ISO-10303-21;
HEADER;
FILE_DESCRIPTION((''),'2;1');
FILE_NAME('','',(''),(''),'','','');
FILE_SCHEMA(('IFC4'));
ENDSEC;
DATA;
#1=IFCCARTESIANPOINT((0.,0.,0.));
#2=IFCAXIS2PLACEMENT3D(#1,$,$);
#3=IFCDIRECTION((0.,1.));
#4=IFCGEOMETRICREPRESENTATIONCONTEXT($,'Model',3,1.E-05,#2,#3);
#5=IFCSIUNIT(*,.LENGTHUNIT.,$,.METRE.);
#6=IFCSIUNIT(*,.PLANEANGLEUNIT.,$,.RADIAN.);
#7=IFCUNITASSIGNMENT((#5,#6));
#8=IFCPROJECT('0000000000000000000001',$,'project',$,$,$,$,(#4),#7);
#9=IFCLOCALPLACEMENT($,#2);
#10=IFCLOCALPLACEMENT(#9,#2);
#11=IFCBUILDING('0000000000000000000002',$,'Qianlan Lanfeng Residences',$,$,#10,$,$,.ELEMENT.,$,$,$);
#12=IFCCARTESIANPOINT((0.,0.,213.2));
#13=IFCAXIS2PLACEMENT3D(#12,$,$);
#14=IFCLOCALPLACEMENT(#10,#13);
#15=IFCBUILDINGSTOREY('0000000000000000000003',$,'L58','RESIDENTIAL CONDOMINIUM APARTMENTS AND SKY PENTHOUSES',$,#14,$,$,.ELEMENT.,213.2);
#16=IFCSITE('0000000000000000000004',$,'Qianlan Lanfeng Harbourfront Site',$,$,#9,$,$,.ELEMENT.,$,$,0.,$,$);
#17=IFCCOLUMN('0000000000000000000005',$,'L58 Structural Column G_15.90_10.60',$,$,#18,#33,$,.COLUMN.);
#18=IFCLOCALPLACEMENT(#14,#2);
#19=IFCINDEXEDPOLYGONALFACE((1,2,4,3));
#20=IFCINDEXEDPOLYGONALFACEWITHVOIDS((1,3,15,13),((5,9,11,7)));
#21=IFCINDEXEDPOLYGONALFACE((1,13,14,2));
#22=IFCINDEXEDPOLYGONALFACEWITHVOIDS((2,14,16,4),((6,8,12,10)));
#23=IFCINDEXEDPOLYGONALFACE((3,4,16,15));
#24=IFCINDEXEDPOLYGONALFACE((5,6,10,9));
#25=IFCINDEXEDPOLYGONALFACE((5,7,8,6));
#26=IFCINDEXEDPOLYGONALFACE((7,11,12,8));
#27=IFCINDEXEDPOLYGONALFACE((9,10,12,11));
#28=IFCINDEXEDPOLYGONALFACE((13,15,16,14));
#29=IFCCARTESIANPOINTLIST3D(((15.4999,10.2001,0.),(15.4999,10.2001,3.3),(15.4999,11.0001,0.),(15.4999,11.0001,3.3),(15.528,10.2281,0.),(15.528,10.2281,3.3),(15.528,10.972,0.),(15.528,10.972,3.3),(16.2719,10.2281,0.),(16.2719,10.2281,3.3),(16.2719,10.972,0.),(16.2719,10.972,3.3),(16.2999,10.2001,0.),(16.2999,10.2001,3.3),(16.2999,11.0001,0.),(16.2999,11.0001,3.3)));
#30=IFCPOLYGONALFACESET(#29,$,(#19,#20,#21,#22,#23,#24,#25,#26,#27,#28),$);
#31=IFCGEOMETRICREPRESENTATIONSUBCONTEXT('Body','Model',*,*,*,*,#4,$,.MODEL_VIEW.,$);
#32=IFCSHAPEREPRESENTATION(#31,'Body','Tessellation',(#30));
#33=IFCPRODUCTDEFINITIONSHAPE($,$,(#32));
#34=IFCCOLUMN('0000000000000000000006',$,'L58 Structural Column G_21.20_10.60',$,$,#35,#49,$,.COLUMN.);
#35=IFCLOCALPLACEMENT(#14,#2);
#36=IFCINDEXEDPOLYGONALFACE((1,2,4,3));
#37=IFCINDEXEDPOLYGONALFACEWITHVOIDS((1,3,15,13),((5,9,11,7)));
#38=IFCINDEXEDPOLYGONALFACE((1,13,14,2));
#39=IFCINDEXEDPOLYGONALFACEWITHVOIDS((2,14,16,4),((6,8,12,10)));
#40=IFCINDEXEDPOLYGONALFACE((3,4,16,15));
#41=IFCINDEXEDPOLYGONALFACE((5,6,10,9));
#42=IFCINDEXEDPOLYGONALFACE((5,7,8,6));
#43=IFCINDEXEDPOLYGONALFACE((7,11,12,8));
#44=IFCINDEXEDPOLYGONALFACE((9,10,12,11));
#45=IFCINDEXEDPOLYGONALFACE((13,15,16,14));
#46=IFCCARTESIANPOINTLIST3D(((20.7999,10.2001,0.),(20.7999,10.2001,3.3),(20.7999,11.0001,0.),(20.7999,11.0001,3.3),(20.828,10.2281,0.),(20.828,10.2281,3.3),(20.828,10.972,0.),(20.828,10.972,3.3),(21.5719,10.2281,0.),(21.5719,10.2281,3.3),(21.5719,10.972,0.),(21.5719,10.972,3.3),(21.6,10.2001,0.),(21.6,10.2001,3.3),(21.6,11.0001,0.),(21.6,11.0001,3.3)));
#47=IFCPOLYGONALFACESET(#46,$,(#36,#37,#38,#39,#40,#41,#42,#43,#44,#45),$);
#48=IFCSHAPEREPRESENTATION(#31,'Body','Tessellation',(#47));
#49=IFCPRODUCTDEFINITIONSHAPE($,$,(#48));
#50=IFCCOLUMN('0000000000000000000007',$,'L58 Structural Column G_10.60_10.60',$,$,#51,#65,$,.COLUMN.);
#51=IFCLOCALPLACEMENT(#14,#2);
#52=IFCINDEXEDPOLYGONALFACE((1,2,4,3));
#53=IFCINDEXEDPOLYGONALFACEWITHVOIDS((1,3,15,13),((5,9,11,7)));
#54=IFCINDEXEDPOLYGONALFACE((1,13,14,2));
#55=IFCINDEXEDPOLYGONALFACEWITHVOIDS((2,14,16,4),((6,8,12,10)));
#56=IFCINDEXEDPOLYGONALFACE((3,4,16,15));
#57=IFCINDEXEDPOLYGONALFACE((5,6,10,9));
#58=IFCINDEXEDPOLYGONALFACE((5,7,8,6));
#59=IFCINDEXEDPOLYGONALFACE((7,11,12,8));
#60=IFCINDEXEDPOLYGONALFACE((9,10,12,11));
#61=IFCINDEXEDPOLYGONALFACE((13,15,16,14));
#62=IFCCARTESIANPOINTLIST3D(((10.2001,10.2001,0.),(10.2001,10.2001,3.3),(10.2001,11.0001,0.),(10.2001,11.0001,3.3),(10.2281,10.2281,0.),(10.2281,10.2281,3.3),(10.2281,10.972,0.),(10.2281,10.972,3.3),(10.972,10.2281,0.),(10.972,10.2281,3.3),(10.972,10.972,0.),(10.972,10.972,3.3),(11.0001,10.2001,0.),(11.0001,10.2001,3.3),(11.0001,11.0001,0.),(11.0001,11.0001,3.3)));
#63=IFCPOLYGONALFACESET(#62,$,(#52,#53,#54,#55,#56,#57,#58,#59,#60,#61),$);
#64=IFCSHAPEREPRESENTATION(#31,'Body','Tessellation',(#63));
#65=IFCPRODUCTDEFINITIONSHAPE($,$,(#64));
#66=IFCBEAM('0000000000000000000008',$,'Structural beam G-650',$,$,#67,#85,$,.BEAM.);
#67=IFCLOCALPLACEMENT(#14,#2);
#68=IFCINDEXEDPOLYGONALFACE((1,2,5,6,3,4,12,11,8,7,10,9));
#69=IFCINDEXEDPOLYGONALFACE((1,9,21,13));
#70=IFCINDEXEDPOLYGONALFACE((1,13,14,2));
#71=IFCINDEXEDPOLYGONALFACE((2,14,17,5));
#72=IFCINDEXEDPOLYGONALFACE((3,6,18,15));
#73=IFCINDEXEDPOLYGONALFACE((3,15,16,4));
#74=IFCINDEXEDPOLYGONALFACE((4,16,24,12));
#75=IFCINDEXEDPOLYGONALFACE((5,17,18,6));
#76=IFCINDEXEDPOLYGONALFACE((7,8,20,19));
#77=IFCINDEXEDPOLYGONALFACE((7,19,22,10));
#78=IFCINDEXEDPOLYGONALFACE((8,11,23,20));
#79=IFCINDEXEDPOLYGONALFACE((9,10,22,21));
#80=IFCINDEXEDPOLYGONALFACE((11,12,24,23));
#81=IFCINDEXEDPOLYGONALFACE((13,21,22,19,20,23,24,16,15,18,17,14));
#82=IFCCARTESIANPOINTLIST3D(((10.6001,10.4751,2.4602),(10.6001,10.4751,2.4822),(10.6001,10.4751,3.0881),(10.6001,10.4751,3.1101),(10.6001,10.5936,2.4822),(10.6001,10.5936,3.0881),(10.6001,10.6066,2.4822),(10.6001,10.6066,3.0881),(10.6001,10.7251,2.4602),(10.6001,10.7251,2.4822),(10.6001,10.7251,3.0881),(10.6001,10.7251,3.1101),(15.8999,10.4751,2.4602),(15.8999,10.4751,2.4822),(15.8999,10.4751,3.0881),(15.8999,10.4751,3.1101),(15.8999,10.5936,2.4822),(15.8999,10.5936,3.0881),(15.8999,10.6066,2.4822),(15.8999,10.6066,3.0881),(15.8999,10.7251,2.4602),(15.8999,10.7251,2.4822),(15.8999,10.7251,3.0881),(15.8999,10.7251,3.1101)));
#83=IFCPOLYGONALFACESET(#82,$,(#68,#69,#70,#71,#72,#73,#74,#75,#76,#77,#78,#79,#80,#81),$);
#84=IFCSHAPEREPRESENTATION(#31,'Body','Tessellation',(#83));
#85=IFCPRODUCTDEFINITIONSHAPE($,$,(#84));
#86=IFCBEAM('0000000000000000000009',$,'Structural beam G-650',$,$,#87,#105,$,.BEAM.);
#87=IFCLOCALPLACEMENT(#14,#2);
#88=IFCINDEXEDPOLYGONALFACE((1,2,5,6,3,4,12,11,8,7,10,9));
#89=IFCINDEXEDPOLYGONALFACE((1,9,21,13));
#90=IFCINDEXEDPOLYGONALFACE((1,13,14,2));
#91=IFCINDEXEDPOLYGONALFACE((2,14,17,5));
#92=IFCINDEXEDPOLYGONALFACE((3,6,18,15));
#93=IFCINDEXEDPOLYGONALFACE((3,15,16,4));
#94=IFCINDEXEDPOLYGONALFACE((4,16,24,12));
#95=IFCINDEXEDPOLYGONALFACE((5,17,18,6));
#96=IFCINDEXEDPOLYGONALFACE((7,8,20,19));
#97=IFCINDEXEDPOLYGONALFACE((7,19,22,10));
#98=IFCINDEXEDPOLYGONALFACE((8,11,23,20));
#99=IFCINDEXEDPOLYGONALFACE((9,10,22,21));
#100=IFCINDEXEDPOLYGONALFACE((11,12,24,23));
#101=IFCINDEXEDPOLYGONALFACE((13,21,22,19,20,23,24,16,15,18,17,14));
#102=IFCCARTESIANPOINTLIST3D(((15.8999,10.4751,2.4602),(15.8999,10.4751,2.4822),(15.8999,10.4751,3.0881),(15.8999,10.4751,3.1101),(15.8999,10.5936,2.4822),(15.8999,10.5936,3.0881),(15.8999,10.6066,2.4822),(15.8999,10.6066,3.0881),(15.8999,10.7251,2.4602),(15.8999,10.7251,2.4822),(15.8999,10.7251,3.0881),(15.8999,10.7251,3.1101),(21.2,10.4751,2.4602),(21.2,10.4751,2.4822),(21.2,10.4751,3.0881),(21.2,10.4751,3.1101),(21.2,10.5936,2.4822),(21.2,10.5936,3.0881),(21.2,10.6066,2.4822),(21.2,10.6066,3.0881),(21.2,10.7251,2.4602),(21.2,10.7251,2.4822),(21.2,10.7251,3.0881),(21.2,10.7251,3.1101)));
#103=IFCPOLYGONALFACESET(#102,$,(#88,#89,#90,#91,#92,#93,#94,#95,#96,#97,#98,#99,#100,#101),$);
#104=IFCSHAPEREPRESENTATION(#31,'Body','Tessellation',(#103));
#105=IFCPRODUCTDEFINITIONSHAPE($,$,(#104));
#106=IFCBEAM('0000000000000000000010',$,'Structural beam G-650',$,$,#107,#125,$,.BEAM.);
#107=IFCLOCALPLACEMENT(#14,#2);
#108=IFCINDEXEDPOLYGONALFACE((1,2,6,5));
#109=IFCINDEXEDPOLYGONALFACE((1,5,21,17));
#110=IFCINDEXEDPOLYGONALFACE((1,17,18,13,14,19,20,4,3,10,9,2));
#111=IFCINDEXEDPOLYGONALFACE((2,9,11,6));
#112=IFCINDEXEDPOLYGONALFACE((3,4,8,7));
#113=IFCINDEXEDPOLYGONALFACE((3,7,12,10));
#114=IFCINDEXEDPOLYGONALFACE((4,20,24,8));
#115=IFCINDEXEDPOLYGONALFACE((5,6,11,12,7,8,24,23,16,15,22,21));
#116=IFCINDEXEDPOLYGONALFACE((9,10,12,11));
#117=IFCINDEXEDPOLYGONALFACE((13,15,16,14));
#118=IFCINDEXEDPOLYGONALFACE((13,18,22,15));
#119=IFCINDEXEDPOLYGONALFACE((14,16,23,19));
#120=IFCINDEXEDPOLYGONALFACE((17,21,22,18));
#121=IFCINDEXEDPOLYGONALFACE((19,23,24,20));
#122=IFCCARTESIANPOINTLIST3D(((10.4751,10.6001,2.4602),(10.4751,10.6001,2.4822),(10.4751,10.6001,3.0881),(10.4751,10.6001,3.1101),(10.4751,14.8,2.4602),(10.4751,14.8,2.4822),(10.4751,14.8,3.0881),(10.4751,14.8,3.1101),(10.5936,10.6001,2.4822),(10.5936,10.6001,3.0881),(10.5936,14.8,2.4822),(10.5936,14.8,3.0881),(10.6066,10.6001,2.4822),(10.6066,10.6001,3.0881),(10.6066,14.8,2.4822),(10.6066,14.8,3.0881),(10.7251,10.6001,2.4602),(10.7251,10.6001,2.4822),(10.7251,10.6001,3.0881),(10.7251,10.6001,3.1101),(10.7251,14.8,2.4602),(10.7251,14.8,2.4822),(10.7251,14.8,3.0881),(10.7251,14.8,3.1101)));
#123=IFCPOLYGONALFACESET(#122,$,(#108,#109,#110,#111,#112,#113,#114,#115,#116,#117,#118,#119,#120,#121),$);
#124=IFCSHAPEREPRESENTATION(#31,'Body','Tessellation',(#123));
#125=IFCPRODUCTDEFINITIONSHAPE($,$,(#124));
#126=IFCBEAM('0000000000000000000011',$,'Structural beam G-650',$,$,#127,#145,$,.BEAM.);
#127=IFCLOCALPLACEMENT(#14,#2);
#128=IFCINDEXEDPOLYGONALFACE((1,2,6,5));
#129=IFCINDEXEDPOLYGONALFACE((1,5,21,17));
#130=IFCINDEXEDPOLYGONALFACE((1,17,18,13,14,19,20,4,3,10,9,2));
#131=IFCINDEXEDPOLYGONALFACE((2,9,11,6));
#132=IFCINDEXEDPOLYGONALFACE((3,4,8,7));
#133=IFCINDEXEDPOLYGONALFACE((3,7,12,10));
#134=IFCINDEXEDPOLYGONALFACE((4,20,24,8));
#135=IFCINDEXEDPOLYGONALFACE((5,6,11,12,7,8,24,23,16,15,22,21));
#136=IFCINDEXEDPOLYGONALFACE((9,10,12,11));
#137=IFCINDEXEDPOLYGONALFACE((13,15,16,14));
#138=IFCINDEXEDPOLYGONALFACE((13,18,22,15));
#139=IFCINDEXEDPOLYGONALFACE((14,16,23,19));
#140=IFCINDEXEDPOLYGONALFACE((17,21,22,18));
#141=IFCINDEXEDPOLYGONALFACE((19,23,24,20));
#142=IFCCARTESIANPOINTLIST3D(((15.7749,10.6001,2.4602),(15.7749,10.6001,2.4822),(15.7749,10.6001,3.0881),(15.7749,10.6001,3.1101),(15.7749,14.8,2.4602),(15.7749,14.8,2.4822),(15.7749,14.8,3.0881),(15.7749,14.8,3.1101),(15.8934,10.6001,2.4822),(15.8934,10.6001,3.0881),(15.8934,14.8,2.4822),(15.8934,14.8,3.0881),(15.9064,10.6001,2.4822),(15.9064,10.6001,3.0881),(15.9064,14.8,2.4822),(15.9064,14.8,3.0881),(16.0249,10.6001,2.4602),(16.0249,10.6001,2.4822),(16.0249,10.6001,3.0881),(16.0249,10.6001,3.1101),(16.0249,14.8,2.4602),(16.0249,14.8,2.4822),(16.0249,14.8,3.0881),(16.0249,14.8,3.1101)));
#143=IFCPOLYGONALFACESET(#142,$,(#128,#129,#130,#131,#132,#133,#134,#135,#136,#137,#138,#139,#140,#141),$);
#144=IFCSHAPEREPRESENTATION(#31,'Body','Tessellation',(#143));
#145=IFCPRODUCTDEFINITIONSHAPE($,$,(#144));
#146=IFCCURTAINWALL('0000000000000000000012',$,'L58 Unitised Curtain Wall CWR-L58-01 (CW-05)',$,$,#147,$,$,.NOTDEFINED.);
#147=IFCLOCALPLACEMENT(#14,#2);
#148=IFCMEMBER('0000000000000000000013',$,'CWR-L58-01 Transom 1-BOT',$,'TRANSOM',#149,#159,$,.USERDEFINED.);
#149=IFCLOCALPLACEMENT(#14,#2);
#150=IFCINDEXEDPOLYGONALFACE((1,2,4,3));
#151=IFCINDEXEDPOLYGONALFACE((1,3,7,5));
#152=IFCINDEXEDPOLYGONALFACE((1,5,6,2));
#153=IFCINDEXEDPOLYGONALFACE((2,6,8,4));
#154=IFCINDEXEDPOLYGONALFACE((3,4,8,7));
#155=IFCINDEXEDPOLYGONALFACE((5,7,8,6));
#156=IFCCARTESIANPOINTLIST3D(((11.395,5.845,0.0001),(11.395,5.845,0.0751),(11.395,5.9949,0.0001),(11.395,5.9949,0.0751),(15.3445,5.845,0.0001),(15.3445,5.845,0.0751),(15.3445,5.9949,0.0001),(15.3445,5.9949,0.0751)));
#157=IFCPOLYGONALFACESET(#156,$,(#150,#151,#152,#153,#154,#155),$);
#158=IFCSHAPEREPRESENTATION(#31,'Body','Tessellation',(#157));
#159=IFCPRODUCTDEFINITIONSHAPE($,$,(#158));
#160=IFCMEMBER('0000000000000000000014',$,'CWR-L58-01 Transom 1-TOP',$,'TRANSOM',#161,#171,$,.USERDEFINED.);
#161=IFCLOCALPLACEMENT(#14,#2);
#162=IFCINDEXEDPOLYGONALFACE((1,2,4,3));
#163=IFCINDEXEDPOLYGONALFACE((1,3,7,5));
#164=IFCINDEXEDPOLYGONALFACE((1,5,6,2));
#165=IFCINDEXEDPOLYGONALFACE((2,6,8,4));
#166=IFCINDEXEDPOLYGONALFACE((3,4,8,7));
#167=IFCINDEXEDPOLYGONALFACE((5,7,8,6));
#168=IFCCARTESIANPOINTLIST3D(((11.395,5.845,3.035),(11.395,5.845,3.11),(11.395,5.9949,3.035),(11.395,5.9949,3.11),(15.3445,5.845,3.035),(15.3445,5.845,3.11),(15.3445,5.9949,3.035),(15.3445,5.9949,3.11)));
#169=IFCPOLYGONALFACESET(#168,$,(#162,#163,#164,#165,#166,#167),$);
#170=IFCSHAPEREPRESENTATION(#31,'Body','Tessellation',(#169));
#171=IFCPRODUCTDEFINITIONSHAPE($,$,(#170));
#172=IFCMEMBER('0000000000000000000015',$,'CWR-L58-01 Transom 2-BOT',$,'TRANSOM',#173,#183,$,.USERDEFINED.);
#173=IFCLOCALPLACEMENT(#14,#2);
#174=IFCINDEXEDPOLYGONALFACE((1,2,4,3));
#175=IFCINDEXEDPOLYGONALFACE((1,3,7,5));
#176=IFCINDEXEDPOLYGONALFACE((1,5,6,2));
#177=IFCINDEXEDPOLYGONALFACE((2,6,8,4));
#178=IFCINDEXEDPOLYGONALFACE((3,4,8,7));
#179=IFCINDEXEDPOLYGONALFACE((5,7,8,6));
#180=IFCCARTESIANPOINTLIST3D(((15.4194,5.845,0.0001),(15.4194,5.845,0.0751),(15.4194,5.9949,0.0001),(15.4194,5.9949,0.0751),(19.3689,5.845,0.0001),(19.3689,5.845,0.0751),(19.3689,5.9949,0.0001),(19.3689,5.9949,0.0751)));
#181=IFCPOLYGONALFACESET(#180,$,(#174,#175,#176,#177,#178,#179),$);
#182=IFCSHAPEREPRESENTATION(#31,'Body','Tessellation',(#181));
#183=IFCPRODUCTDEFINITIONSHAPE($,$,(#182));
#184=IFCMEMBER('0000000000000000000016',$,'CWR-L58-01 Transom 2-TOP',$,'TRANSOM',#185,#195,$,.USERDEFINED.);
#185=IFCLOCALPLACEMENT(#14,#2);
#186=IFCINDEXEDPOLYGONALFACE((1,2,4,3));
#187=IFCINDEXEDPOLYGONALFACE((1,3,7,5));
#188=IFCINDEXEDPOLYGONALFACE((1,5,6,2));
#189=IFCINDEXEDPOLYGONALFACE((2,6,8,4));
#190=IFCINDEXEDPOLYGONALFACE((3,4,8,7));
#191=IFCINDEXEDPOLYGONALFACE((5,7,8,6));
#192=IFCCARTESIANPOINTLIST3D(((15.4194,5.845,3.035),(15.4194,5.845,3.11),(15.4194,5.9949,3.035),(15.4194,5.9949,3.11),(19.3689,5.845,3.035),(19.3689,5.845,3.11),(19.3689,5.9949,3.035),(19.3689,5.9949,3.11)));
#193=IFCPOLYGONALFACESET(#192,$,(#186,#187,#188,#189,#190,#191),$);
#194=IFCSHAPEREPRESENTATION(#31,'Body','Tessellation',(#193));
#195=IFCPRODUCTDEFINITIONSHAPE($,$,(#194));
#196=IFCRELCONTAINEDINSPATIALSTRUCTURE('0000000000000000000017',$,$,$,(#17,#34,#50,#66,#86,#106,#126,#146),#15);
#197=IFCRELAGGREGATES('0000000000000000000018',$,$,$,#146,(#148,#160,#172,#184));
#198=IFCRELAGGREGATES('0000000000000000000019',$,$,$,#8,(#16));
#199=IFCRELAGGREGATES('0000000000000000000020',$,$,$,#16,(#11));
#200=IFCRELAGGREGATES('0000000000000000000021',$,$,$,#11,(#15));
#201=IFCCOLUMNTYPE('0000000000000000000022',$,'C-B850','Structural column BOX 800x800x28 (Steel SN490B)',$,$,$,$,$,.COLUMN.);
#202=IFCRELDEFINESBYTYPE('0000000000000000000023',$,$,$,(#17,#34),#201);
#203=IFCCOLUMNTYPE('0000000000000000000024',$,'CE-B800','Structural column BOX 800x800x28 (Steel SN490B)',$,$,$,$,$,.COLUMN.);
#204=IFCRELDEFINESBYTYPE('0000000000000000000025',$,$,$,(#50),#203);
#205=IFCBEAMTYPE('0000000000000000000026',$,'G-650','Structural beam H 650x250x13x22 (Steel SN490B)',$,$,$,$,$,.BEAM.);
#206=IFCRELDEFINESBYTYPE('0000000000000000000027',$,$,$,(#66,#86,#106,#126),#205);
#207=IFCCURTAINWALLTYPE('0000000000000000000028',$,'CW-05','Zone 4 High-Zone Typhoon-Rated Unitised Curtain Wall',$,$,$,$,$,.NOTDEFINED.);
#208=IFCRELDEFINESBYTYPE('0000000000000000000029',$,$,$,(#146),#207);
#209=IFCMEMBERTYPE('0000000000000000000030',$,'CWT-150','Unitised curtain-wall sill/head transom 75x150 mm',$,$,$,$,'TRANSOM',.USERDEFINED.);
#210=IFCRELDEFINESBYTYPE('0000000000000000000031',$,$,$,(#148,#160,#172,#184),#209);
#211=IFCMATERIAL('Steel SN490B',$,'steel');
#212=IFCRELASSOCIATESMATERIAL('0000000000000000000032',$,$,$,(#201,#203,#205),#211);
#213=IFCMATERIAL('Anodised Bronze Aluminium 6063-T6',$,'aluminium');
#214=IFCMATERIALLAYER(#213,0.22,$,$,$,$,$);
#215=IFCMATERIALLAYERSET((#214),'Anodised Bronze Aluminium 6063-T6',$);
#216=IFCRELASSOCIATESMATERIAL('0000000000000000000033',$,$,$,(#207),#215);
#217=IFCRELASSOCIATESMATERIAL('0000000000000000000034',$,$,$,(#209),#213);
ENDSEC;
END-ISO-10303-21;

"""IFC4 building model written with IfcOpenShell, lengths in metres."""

from ifc_helpers import new_model, si_unit, direction, frame, origin, origin_2d, place, context, subcontext, project, spatial, rectangle, hollow_rectangle, i_section, extrude, source, transform, mapped, material, layer, layer_set, material_profile, profile_set, type_object, element, aggregate, save


model = new_model("IFC4")

# Units and contexts
model_context = context("Model", 3, precision=1e-05, world=origin(), true_north=direction((0.0, 1.0)))
body_context = subcontext(model_context, "Body", "Model", "MODEL_VIEW")
ifc_project = project(units=[si_unit("LENGTHUNIT", "METRE"), si_unit("PLANEANGLEUNIT", "RADIAN")], contexts=[model_context])

# Site, building, storey
site_placement = place(None, origin())
site = spatial("IfcSite", under=ifc_project, at=site_placement, Name="Qianlan Lanfeng Harbourfront Site", CompositionType="ELEMENT", RefElevation=0.0)
building_placement = place(site_placement, origin())
building = spatial("IfcBuilding", under=site, at=building_placement, Name="Qianlan Lanfeng Residences", CompositionType="ELEMENT")
storey_placement = place(building_placement, frame((0.0, 0.0, 213.2)))
storey = spatial("IfcBuildingStorey", under=building, at=storey_placement, Name="L58", Description="RESIDENTIAL CONDOMINIUM APARTMENTS AND SKY PENTHOUSES", CompositionType="ELEMENT", Elevation=213.2)

# Columns
ifc_material_1 = material(Name="Steel SN490B", Category="steel")
ifc_material_profile_1 = material_profile(ifc_material_1, hollow_rectangle(XDim=0.8, YDim=0.8, WallThickness=0.0281, at=origin_2d()), Name="BOX 800x800x28")
ifc_profile_set_1 = profile_set([ifc_material_profile_1], Name="Steel SN490B")
column_type_1 = type_object("IfcColumnType", Name="C-B850", Description="Structural column BOX 800x800x28 (Steel SN490B)", PredefinedType="COLUMN", material=ifc_profile_set_1)
for number, where, z_axis, x_axis, name in (
    (1, (15.8999, 10.6001, 0.0), (0.0, 0.0, 1.0), (1.0, 0.0, 0.0), "L58 Structural Column G_15.90_10.60"),
    (2, (21.2, 10.6001, 0.0), (0.0, 0.0, 1.0), (1.0, 0.0, 0.0), "L58 Structural Column G_21.20_10.60"),
):
    element("IfcColumn", number, at=place(storey_placement, frame(where, z_axis=z_axis, x_axis=x_axis)), inside=storey, type_object=column_type_1, Name=name, PredefinedType="COLUMN", context=body_context, shape_type="SweptSolid", body=[
        extrude(hollow_rectangle(XDim=0.8, YDim=0.8, WallThickness=0.0281, at=origin_2d()), origin(), (0.0, 0.0, 1.0), 3.3),
    ])
ifc_material_profile_2 = material_profile(ifc_material_1, hollow_rectangle(XDim=0.8, YDim=0.8, WallThickness=0.0281, at=origin_2d()), Name="BOX 800x800x28")
ifc_profile_set_2 = profile_set([ifc_material_profile_2], Name="Steel SN490B")
column_type_2 = type_object("IfcColumnType", Name="CE-B800", Description="Structural column BOX 800x800x28 (Steel SN490B)", PredefinedType="COLUMN", material=ifc_profile_set_2)
column_placement = place(storey_placement, frame((10.6001, 10.6001, 0.0), z_axis=(0.0, 0.0, 1.0), x_axis=(1.0, 0.0, 0.0)))
element("IfcColumn", 3, at=column_placement, inside=storey, type_object=column_type_2, Name="L58 Structural Column G_10.60_10.60", PredefinedType="COLUMN", context=body_context, shape_type="SweptSolid", body=[
    extrude(hollow_rectangle(XDim=0.8, YDim=0.8, WallThickness=0.0281, at=origin_2d()), origin(), (0.0, 0.0, 1.0), 3.3),
])

# Beams
ifc_material_profile_3 = material_profile(ifc_material_1, i_section(OverallWidth=0.25, OverallDepth=0.6499, WebThickness=0.0129, FlangeThickness=0.022, at=origin_2d()), Name="H 650x250x13x22")
ifc_profile_set_3 = profile_set([ifc_material_profile_3], Name="Steel SN490B")
beam_type = type_object("IfcBeamType", Name="G-650", Description="Structural beam H 650x250x13x22 (Steel SN490B)", PredefinedType="BEAM", material=ifc_profile_set_3)
beam_1_placement = place(storey_placement, frame((10.6001, 10.6001, 2.7852), z_axis=(1.0, 0.0, 0.0), x_axis=(0.0, 1.0, 0.0)))
element("IfcBeam", 4, at=beam_1_placement, inside=storey, type_object=beam_type, Name="Structural beam G-650", PredefinedType="BEAM", context=body_context, shape_type="SweptSolid", body=[
    extrude(i_section(OverallWidth=0.25, OverallDepth=0.6499, WebThickness=0.0129, FlangeThickness=0.022, at=origin_2d()), origin(), (0.0, 0.0, 1.0), 5.2998),
])
beam_2_placement = place(storey_placement, frame((15.8999, 10.6001, 2.7852), z_axis=(1.0, 0.0, 0.0), x_axis=(0.0, 1.0, 0.0)))
element("IfcBeam", 5, at=beam_2_placement, inside=storey, type_object=beam_type, Name="Structural beam G-650", PredefinedType="BEAM", context=body_context, shape_type="SweptSolid", body=[
    extrude(i_section(OverallWidth=0.25, OverallDepth=0.6499, WebThickness=0.0129, FlangeThickness=0.022, at=origin_2d()), origin(), (0.0, 0.0, 1.0), 5.3),
])
for number, where, z_axis, x_axis, name in (
    (6, (10.6001, 10.6001, 2.7852), (0.0, 1.0, 0.0), (-1.0, 0.0, 0.0), "Structural beam G-650"),
    (7, (15.8999, 10.6001, 2.7852), (0.0, 1.0, 0.0), (-1.0, 0.0, 0.0), "Structural beam G-650"),
):
    element("IfcBeam", number, at=place(storey_placement, frame(where, z_axis=z_axis, x_axis=x_axis)), inside=storey, type_object=beam_type, Name=name, PredefinedType="BEAM", context=body_context, shape_type="SweptSolid", body=[
        extrude(i_section(OverallWidth=0.25, OverallDepth=0.6499, WebThickness=0.0129, FlangeThickness=0.022, at=origin_2d()), origin(), (0.0, 0.0, 1.0), 4.2),
    ])

# Curtain wall, members
ifc_material_2 = material(Name="Anodised Bronze Aluminium 6063-T6", Category="aluminium")
ifc_layer_1 = layer(ifc_material_2, 0.22)
ifc_layer_set_1 = layer_set([ifc_layer_1], Name="Anodised Bronze Aluminium 6063-T6")
curtain_wall_type = type_object("IfcCurtainWallType", Name="CW-05", Description="Zone 4 High-Zone Typhoon-Rated Unitised Curtain Wall", PredefinedType="NOTDEFINED", material=ifc_layer_set_1)
curtain_wall_1_placement = place(storey_placement, origin())
curtain_wall_1 = element("IfcCurtainWall", 8, at=curtain_wall_1_placement, inside=storey, type_object=curtain_wall_type, Name="L58 Unitised Curtain Wall CWR-L58-01 (CW-05)", PredefinedType="NOTDEFINED")
ifc_material_profile_4 = material_profile(ifc_material_2, rectangle(XDim=0.075, YDim=0.1499, at=origin_2d()), Name="ALU TRANSOM 75x150")
ifc_profile_set_4 = profile_set([ifc_material_profile_4], Name="Anodised Bronze Aluminium 6063-T6")
member_type_1 = type_object("IfcMemberType", Name="CWT-150", Description="Unitised curtain-wall sill/head transom 75x150 mm", ElementType="TRANSOM", PredefinedType="USERDEFINED", material=ifc_profile_set_4)
shared_shape_1 = source(origin(), body_context, "Body", "SweptSolid", [
    extrude(rectangle(XDim=0.075, YDim=0.1499, at=origin_2d()), origin(), (0.0, 0.0, 1.0), 3.9495),
])
member_1_placement = place(storey_placement, frame((11.395, 5.9199, 0.0376), z_axis=(1.0, 0.0, 0.0), x_axis=(0.0, 0.0, 1.0)))
member_1 = element("IfcMember", 9, at=member_1_placement, type_object=member_type_1, Name="CWR-L58-01 Transom 1-BOT", ObjectType="TRANSOM", PredefinedType="USERDEFINED", context=body_context, shape_type="MappedRepresentation", body=[
    mapped(shared_shape_1, transform((0.0, 0.0, 0.0), scale=1.0)),
])
member_2_placement = place(storey_placement, frame((11.395, 5.9199, 3.0725), z_axis=(1.0, 0.0, 0.0), x_axis=(0.0, 0.0, 1.0)))
member_2 = element("IfcMember", 10, at=member_2_placement, type_object=member_type_1, Name="CWR-L58-01 Transom 1-TOP", ObjectType="TRANSOM", PredefinedType="USERDEFINED", context=body_context, shape_type="MappedRepresentation", body=[
    mapped(shared_shape_1, transform((0.0, 0.0, 0.0), scale=1.0)),
])
member_3_placement = place(storey_placement, frame((15.4194, 5.9199, 0.0376), z_axis=(1.0, 0.0, 0.0), x_axis=(0.0, 0.0, 1.0)))
member_3 = element("IfcMember", 11, at=member_3_placement, type_object=member_type_1, Name="CWR-L58-01 Transom 2-BOT", ObjectType="TRANSOM", PredefinedType="USERDEFINED", context=body_context, shape_type="MappedRepresentation", body=[
    mapped(shared_shape_1, transform((0.0, 0.0, 0.0), scale=1.0)),
])
member_4_placement = place(storey_placement, frame((15.4194, 5.9199, 3.0725), z_axis=(1.0, 0.0, 0.0), x_axis=(0.0, 0.0, 1.0)))
member_4 = element("IfcMember", 12, at=member_4_placement, type_object=member_type_1, Name="CWR-L58-01 Transom 2-TOP", ObjectType="TRANSOM", PredefinedType="USERDEFINED", context=body_context, shape_type="MappedRepresentation", body=[
    mapped(shared_shape_1, transform((0.0, 0.0, 0.0), scale=1.0)),
])

aggregate(curtain_wall_1, [member_1, member_2, member_3, member_4])

save(model, "model.ifc")
